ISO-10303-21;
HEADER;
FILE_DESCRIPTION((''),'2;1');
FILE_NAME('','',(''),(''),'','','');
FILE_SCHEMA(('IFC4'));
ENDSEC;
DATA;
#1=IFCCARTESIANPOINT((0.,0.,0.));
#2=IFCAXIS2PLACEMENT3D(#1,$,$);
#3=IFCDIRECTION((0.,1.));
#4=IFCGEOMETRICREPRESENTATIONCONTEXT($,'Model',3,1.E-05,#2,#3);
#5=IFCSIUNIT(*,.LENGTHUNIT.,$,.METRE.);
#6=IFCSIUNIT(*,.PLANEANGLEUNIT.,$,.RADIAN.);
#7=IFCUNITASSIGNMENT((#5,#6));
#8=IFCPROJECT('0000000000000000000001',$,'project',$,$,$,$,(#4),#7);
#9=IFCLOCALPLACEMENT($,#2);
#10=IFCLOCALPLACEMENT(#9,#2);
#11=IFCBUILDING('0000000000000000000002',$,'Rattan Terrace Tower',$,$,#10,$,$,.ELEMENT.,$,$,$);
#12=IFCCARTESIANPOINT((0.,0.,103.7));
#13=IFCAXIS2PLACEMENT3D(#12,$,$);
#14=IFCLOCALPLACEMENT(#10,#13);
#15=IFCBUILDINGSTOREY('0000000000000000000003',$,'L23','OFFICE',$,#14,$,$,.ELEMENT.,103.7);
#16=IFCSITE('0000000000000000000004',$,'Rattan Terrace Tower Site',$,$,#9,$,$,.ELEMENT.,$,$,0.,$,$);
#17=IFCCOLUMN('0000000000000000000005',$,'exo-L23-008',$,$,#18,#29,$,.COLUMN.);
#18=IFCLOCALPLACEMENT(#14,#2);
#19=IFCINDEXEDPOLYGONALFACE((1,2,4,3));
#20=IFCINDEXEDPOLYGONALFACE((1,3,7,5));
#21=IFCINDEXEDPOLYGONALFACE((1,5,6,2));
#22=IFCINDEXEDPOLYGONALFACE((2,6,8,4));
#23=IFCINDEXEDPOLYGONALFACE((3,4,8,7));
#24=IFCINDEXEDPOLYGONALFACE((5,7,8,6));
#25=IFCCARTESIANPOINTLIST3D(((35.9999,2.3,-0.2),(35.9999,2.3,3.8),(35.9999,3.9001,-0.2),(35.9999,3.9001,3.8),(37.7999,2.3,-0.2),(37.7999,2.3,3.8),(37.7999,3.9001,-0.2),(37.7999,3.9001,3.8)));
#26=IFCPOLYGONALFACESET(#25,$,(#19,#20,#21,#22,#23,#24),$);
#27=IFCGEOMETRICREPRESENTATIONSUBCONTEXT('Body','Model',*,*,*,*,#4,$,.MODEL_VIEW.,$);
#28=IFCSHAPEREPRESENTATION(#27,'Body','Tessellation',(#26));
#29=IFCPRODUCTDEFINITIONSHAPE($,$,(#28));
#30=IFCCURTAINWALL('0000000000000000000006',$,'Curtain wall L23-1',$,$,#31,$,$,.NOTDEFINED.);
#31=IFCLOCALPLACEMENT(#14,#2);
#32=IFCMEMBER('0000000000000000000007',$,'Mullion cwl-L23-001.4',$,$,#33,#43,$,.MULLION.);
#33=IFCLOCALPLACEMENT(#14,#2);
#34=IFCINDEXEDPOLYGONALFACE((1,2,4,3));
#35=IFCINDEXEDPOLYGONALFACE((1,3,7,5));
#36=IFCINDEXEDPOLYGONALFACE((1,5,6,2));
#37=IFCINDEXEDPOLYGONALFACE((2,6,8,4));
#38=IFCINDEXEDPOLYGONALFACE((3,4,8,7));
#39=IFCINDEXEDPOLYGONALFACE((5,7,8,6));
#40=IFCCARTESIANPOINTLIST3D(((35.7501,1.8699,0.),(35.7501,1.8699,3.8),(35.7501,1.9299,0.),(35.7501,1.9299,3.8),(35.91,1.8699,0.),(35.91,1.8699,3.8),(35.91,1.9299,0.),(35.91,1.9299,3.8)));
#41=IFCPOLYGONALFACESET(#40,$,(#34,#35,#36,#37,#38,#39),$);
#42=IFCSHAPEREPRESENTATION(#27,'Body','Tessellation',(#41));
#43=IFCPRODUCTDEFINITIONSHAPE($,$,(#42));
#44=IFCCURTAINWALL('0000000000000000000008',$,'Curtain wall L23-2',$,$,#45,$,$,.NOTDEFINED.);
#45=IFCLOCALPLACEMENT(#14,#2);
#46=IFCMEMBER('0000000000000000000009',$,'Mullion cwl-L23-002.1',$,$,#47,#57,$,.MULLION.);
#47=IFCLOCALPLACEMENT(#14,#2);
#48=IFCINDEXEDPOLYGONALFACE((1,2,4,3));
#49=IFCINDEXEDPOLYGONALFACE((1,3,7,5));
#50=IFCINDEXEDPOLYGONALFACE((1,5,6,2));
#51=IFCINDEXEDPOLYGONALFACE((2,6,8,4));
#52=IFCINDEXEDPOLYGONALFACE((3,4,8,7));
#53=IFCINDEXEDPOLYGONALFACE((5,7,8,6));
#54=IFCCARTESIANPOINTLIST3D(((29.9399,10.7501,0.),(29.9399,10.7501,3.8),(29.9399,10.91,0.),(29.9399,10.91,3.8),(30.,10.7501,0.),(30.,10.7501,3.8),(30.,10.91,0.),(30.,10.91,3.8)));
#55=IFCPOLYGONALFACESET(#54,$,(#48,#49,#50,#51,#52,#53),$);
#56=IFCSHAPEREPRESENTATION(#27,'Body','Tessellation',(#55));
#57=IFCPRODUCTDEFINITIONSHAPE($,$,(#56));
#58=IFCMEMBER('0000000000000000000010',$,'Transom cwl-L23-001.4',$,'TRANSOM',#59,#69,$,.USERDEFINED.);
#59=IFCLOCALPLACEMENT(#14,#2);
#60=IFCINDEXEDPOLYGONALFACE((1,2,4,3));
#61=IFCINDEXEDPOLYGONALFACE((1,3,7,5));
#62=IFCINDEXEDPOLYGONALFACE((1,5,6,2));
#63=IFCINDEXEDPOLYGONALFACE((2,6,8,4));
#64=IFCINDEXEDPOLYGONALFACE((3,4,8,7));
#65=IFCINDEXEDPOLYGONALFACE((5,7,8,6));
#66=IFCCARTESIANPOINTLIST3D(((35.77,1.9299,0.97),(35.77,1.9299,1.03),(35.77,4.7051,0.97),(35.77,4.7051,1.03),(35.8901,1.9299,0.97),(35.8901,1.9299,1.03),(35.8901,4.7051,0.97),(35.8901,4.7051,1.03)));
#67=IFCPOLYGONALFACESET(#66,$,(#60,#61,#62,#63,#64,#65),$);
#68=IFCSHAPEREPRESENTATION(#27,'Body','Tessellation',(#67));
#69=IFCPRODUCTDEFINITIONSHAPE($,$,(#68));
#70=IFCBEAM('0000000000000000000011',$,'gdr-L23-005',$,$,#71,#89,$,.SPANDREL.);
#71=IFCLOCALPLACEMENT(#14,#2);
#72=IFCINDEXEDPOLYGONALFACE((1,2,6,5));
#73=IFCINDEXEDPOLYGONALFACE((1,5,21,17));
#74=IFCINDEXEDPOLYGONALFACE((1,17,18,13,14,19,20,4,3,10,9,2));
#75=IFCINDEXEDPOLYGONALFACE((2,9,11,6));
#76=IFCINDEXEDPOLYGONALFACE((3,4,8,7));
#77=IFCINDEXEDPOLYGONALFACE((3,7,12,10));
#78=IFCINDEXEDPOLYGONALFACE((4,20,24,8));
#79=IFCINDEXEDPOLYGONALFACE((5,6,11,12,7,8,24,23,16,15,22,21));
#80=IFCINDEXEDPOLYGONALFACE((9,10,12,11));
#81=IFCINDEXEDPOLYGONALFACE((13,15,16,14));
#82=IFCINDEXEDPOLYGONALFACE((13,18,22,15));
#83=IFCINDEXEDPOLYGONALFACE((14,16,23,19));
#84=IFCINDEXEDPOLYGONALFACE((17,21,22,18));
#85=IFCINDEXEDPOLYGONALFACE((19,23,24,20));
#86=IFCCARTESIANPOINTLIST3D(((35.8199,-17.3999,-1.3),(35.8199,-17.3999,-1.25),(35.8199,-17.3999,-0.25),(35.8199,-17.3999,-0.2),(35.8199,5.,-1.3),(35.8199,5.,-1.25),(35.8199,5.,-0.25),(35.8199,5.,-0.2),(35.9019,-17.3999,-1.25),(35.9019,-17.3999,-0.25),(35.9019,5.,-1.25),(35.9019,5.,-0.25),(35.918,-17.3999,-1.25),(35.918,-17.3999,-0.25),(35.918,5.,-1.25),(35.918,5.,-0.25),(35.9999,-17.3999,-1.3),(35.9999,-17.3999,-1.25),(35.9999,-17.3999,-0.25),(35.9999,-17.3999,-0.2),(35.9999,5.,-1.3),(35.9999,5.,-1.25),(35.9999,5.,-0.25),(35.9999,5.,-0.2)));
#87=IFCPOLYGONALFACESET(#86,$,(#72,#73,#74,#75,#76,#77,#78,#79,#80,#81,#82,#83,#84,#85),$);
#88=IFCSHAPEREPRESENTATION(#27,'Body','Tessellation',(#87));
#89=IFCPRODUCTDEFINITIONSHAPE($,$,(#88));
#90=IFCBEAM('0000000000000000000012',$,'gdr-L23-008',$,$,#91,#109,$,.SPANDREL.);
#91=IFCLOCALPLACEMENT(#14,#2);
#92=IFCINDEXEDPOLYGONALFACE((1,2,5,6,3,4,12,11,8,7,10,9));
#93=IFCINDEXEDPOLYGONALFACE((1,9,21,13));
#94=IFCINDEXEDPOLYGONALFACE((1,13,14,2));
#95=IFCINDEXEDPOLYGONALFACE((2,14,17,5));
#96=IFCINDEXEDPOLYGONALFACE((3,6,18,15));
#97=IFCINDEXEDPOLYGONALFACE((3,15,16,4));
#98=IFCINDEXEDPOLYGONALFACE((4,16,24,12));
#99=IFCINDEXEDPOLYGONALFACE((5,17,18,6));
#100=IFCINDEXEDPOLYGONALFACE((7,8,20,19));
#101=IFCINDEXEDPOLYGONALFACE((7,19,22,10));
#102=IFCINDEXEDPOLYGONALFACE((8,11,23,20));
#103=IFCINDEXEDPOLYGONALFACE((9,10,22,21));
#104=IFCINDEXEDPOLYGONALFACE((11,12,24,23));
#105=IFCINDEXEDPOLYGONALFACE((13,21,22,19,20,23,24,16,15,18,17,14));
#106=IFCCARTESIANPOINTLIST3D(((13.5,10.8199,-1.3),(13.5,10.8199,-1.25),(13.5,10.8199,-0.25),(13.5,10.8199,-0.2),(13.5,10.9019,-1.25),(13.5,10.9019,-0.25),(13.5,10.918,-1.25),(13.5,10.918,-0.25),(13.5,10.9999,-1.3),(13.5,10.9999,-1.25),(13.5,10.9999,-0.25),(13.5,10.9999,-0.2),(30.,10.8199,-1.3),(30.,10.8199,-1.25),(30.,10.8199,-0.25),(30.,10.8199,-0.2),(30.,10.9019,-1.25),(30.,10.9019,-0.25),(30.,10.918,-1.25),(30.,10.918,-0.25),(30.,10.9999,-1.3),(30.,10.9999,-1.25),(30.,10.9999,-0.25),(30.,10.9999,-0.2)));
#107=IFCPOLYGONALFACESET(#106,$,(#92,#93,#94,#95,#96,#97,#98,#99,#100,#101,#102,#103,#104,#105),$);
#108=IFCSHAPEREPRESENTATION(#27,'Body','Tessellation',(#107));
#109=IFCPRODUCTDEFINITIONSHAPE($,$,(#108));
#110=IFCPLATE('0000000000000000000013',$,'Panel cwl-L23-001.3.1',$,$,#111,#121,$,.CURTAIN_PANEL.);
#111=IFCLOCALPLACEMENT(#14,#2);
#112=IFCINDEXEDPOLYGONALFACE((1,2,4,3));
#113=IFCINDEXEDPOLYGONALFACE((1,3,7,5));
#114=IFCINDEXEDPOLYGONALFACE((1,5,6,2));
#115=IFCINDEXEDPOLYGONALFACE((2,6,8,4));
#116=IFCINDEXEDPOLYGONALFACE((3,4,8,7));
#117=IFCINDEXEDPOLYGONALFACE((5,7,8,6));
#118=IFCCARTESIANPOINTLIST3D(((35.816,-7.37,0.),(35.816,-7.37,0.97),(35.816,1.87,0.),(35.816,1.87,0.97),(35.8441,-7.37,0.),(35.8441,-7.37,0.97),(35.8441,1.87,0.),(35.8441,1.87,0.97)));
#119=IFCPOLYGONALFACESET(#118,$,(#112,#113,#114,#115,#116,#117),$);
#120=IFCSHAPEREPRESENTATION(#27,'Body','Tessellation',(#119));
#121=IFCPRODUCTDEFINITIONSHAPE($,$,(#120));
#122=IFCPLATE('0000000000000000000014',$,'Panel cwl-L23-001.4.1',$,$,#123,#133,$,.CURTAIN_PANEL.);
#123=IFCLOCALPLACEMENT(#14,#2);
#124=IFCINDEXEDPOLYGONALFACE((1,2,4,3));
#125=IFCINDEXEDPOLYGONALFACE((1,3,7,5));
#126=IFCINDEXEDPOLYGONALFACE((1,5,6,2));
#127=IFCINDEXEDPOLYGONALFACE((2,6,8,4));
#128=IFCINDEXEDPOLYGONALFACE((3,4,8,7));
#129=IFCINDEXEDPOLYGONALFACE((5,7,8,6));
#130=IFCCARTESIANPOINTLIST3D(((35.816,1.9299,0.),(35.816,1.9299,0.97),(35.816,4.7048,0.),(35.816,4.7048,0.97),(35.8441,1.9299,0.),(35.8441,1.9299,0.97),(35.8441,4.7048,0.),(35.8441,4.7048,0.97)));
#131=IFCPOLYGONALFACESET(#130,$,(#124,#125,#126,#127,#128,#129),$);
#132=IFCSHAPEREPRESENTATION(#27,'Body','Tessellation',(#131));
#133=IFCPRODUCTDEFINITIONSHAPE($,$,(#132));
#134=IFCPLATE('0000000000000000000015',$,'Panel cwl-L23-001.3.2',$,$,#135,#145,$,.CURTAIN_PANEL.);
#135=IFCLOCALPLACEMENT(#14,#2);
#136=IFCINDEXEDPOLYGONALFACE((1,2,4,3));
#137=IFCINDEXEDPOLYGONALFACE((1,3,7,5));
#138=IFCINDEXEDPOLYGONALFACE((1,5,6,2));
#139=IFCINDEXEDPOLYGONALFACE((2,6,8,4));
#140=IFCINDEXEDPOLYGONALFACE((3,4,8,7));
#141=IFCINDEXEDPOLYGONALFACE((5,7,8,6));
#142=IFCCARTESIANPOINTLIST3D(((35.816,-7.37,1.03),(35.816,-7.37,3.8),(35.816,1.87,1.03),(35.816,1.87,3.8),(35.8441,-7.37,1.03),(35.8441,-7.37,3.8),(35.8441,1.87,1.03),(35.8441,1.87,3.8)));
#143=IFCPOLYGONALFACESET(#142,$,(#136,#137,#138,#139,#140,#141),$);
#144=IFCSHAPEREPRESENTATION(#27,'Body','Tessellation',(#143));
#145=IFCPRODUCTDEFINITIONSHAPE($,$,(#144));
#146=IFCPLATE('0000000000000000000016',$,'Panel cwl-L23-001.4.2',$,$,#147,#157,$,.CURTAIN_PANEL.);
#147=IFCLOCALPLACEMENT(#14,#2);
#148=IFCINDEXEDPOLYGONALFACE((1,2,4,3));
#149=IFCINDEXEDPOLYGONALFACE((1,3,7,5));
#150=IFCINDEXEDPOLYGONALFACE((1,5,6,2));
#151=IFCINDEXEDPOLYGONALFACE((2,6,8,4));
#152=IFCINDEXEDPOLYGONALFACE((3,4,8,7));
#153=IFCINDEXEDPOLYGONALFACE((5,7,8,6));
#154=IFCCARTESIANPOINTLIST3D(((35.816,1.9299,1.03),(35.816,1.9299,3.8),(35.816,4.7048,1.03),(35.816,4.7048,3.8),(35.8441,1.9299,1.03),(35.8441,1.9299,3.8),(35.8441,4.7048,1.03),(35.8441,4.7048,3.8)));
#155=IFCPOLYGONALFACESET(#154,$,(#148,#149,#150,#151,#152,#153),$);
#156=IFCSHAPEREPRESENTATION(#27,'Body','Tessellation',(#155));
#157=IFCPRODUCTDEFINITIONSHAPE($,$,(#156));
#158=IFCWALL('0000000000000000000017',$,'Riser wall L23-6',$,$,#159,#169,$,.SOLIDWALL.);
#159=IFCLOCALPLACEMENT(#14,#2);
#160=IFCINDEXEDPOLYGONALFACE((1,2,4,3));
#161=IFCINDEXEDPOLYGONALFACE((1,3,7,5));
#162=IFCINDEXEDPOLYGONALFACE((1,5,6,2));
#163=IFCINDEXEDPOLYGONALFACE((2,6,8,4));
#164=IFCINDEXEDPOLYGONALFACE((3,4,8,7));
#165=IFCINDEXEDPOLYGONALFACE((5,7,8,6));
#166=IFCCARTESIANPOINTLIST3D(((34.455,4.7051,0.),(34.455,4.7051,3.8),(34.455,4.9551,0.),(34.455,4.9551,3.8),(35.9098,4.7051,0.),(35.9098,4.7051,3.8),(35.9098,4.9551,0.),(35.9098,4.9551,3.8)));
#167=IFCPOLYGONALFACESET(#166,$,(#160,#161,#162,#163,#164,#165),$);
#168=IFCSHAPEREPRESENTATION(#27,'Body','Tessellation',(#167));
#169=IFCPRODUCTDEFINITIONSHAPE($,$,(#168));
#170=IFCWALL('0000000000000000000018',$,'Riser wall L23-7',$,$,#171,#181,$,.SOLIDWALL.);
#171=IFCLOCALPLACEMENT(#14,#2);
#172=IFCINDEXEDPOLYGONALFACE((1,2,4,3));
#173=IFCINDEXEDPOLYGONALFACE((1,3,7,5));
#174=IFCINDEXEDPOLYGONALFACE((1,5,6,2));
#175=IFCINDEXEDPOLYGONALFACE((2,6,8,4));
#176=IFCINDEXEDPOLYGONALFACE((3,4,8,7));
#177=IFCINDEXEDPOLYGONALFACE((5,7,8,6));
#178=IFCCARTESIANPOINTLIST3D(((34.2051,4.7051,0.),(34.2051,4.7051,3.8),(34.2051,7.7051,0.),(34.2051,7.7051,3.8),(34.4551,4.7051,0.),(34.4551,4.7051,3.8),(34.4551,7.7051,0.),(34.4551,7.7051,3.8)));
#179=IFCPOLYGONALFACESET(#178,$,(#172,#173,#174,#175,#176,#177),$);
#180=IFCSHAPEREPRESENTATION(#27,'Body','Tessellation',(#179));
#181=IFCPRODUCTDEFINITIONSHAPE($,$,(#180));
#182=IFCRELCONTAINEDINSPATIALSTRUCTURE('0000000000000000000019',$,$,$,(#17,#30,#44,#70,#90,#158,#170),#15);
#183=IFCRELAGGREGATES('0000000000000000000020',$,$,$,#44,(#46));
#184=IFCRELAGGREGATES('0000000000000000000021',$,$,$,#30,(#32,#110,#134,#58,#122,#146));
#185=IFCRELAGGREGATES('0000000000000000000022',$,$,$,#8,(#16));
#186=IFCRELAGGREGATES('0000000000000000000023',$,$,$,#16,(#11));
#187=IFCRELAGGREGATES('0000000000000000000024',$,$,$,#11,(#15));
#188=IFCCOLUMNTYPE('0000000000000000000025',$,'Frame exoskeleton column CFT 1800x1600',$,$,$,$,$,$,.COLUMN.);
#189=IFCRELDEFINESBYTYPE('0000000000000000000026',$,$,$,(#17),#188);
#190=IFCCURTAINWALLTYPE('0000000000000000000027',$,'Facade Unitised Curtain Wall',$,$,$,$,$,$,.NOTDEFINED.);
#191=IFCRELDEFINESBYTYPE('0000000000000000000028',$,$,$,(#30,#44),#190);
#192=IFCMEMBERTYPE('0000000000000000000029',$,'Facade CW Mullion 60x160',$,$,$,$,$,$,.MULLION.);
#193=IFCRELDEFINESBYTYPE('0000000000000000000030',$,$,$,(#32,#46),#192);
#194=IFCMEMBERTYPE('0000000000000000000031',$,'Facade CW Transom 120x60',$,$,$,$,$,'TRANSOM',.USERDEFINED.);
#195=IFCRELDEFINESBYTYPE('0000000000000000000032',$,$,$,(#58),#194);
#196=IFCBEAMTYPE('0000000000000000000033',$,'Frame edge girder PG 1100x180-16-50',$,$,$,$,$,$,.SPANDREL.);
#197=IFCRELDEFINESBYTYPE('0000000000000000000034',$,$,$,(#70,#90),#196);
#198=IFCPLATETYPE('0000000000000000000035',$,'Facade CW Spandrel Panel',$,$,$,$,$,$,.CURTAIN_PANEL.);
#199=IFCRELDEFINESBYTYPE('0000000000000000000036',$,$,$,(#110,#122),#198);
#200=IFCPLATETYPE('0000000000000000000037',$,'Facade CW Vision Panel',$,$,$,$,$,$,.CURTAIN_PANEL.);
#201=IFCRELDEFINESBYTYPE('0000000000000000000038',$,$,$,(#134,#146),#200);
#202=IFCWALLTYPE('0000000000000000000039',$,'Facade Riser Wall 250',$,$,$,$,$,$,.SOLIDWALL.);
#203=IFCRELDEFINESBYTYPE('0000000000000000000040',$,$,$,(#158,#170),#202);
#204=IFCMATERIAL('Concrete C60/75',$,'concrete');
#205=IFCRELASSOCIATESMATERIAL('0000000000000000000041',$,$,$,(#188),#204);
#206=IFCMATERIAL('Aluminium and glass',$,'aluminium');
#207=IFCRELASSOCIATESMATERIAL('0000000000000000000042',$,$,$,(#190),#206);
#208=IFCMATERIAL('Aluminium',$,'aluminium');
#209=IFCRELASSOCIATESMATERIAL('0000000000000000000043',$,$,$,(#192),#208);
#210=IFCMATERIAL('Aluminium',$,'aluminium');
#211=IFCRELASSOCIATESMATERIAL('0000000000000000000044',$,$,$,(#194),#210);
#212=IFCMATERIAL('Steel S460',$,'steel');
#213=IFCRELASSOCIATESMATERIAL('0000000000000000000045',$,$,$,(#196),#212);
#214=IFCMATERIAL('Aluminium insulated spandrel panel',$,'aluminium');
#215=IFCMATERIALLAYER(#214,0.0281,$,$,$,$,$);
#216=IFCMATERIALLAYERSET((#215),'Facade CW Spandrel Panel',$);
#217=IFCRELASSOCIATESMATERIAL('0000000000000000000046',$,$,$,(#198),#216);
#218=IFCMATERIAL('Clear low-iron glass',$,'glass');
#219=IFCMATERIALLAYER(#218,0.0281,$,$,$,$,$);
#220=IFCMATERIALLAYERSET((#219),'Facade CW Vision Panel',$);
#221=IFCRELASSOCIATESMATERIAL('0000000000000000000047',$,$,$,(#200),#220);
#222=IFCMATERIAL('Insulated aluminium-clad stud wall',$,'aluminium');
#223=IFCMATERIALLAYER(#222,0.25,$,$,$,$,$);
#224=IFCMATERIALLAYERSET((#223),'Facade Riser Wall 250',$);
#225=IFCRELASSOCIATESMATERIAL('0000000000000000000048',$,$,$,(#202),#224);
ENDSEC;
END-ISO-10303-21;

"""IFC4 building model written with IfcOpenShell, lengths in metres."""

from ifc_helpers import new_model, si_unit, direction, frame, frame_2d, origin, origin_2d, place, context, subcontext, project, spatial, rectangle, i_section, extrude, material, layer, layer_set, material_profile, profile_set, type_object, element, aggregate, save


model = new_model("IFC4")

# Units and contexts
model_context = context("Model", 3, precision=1e-05, world=origin(), true_north=direction((0.0, 1.0)))
body_context = subcontext(model_context, "Body", "Model", "MODEL_VIEW")
ifc_project = project(units=[si_unit("LENGTHUNIT", "METRE"), si_unit("PLANEANGLEUNIT", "RADIAN")], contexts=[model_context])

# Site, building, storey
site_placement = place(None, origin())
site = spatial("IfcSite", under=ifc_project, at=site_placement, Name="Rattan Terrace Tower Site", CompositionType="ELEMENT", RefElevation=0.0)
building_placement = place(site_placement, origin())
building = spatial("IfcBuilding", under=site, at=building_placement, Name="Rattan Terrace Tower", CompositionType="ELEMENT")
storey_placement = place(building_placement, frame((0.0, 0.0, 103.7)))
storey = spatial("IfcBuildingStorey", under=building, at=storey_placement, Name="L23", Description="OFFICE", CompositionType="ELEMENT", Elevation=103.7)

# Column
ifc_material_1 = material(Name="Concrete C60/75", Category="concrete")
ifc_material_profile_1 = material_profile(ifc_material_1, rectangle(XDim=1.6001, YDim=1.8, at=origin_2d()), Name="CFT 1800x1600")
ifc_profile_set_1 = profile_set([ifc_material_profile_1], Name="Concrete C60/75")
column_type = type_object("IfcColumnType", Name="Frame exoskeleton column CFT 1800x1600", PredefinedType="COLUMN", material=ifc_profile_set_1)
column_placement = place(storey_placement, frame((36.8999, 3.1001, -0.2), z_axis=(0.0, 0.0, 1.0), x_axis=(0.0, 1.0, 0.0)))
element("IfcColumn", 1, at=column_placement, inside=storey, type_object=column_type, Name="exo-L23-008", PredefinedType="COLUMN", context=body_context, shape_type="SweptSolid", body=[
    extrude(rectangle(XDim=1.6001, YDim=1.8, at=origin_2d()), origin(), (0.0, 0.0, 1.0), 4.0),
])

# Curtain walls, members
ifc_material_2 = material(Name="Aluminium and glass", Category="aluminium")
curtain_wall_type = type_object("IfcCurtainWallType", Name="Facade Unitised Curtain Wall", PredefinedType="NOTDEFINED", material=ifc_material_2)
curtain_wall_1_placement = place(storey_placement, origin())
curtain_wall_1 = element("IfcCurtainWall", 2, at=curtain_wall_1_placement, inside=storey, type_object=curtain_wall_type, Name="Curtain wall L23-1", PredefinedType="NOTDEFINED")
ifc_material_3 = material(Name="Aluminium", Category="aluminium")
ifc_material_profile_2 = material_profile(ifc_material_3, rectangle(XDim=0.0601, YDim=0.1599, at=origin_2d()), Name="Aluminium 60x160")
ifc_profile_set_2 = profile_set([ifc_material_profile_2], Name="Aluminium")
member_type_1 = type_object("IfcMemberType", Name="Facade CW Mullion 60x160", PredefinedType="MULLION", material=ifc_profile_set_2)
member_1_placement = place(storey_placement, frame((35.8301, 1.8999, 0.0), z_axis=(0.0, 0.0, 1.0), x_axis=(0.0, 1.0, 0.0)))
member_1 = element("IfcMember", 3, at=member_1_placement, type_object=member_type_1, Name="Mullion cwl-L23-001.4", PredefinedType="MULLION", context=body_context, shape_type="SweptSolid", body=[
    extrude(rectangle(XDim=0.0601, YDim=0.1599, at=origin_2d()), origin(), (0.0, 0.0, 1.0), 3.8),
])
curtain_wall_2_placement = place(storey_placement, origin())
curtain_wall_2 = element("IfcCurtainWall", 4, at=curtain_wall_2_placement, inside=storey, type_object=curtain_wall_type, Name="Curtain wall L23-2", PredefinedType="NOTDEFINED")
member_2_placement = place(storey_placement, frame((29.97, 10.8301, 0.0), z_axis=(0.0, 0.0, 1.0), x_axis=(-1.0, 0.0, 0.0)))
member_2 = element("IfcMember", 5, at=member_2_placement, type_object=member_type_1, Name="Mullion cwl-L23-002.1", PredefinedType="MULLION", context=body_context, shape_type="SweptSolid", body=[
    extrude(rectangle(XDim=0.0601, YDim=0.1599, at=origin_2d()), origin(), (0.0, 0.0, 1.0), 3.8),
])
aggregate(curtain_wall_2, [member_2])

# Member
ifc_material_4 = material(Name="Aluminium", Category="aluminium")
ifc_material_profile_3 = material_profile(ifc_material_4, rectangle(XDim=0.1201, YDim=0.0601, at=origin_2d()), Name="Aluminium 120x60")
ifc_profile_set_3 = profile_set([ifc_material_profile_3], Name="Aluminium")
member_type_2 = type_object("IfcMemberType", Name="Facade CW Transom 120x60", ElementType="TRANSOM", PredefinedType="USERDEFINED", material=ifc_profile_set_3)
member_3_placement = place(storey_placement, frame((35.8301, 1.9299, 1.0), z_axis=(0.0, 1.0, 0.0), x_axis=(-1.0, 0.0, 0.0)))
member_3 = element("IfcMember", 6, at=member_3_placement, type_object=member_type_2, Name="Transom cwl-L23-001.4", ObjectType="TRANSOM", PredefinedType="USERDEFINED", context=body_context, shape_type="SweptSolid", body=[
    extrude(rectangle(XDim=0.1201, YDim=0.0601, at=origin_2d()), origin(), (0.0, 0.0, 1.0), 2.7751),
])

# Beams
ifc_material_5 = material(Name="Steel S460", Category="steel")
ifc_material_profile_4 = material_profile(ifc_material_5, i_section(OverallWidth=0.1799, OverallDepth=1.1001, WebThickness=0.0161, FlangeThickness=0.05, at=origin_2d()), Name="PG 1100x180-16-50")
ifc_profile_set_4 = profile_set([ifc_material_profile_4], Name="Steel S460")
beam_type = type_object("IfcBeamType", Name="Frame edge girder PG 1100x180-16-50", PredefinedType="SPANDREL", material=ifc_profile_set_4)
beam_1_placement = place(storey_placement, frame((35.9099, 5.0, -0.75), z_axis=(0.0, -1.0, 0.0), x_axis=(1.0, 0.0, 0.0)))
element("IfcBeam", 7, at=beam_1_placement, inside=storey, type_object=beam_type, Name="gdr-L23-005", PredefinedType="SPANDREL", context=body_context, shape_type="SweptSolid", body=[
    extrude(i_section(OverallWidth=0.1799, OverallDepth=1.1001, WebThickness=0.0161, FlangeThickness=0.05, at=origin_2d()), origin(), (0.0, 0.0, 1.0), 22.3999),
])
beam_2_placement = place(storey_placement, frame((30.0, 10.9099, -0.75), z_axis=(-1.0, 0.0, 0.0), x_axis=(0.0, -1.0, 0.0)))
element("IfcBeam", 8, at=beam_2_placement, inside=storey, type_object=beam_type, Name="gdr-L23-008", PredefinedType="SPANDREL", context=body_context, shape_type="SweptSolid", body=[
    extrude(i_section(OverallWidth=0.1799, OverallDepth=1.1001, WebThickness=0.0161, FlangeThickness=0.05, at=origin_2d()), origin(), (0.0, 0.0, 1.0), 16.5),
])

# Plates
ifc_material_6 = material(Name="Aluminium insulated spandrel panel", Category="aluminium")
ifc_layer_1 = layer(ifc_material_6, 0.0281)
ifc_layer_set_1 = layer_set([ifc_layer_1], Name="Facade CW Spandrel Panel")
plate_type_1 = type_object("IfcPlateType", Name="Facade CW Spandrel Panel", PredefinedType="CURTAIN_PANEL", material=ifc_layer_set_1)
plate_1_placement = place(storey_placement, frame((35.8301, -2.75, 0.0), z_axis=(0.0, 0.0, 1.0), x_axis=(0.0, 1.0, 0.0)))
plate_1 = element("IfcPlate", 9, at=plate_1_placement, type_object=plate_type_1, Name="Panel cwl-L23-001.3.1", PredefinedType="CURTAIN_PANEL", context=body_context, shape_type="SweptSolid", body=[
    extrude(rectangle(XDim=9.24, YDim=0.0281, at=origin_2d()), origin(), (0.0, 0.0, 1.0), 0.97),
])
plate_2_placement = place(storey_placement, frame((35.8301, 3.3174, 0.0), z_axis=(0.0, 0.0, 1.0), x_axis=(0.0, 1.0, 0.0)))
plate_2 = element("IfcPlate", 10, at=plate_2_placement, type_object=plate_type_1, Name="Panel cwl-L23-001.4.1", PredefinedType="CURTAIN_PANEL", context=body_context, shape_type="SweptSolid", body=[
    extrude(rectangle(XDim=2.7749, YDim=0.0281, at=origin_2d()), origin(), (0.0, 0.0, 1.0), 0.97),
])
ifc_material_7 = material(Name="Clear low-iron glass", Category="glass")
ifc_layer_2 = layer(ifc_material_7, 0.0281)
ifc_layer_set_2 = layer_set([ifc_layer_2], Name="Facade CW Vision Panel")
plate_type_2 = type_object("IfcPlateType", Name="Facade CW Vision Panel", PredefinedType="CURTAIN_PANEL", material=ifc_layer_set_2)
plate_3_placement = place(storey_placement, frame((35.8301, -2.75, 1.03), z_axis=(0.0, 0.0, 1.0), x_axis=(0.0, 1.0, 0.0)))
plate_3 = element("IfcPlate", 11, at=plate_3_placement, type_object=plate_type_2, Name="Panel cwl-L23-001.3.2", PredefinedType="CURTAIN_PANEL", context=body_context, shape_type="SweptSolid", body=[
    extrude(rectangle(XDim=9.24, YDim=0.0281, at=origin_2d()), origin(), (0.0, 0.0, 1.0), 2.77),
])
plate_4_placement = place(storey_placement, frame((35.8301, 3.3174, 1.03), z_axis=(0.0, 0.0, 1.0), x_axis=(0.0, 1.0, 0.0)))
plate_4 = element("IfcPlate", 12, at=plate_4_placement, type_object=plate_type_2, Name="Panel cwl-L23-001.4.2", PredefinedType="CURTAIN_PANEL", context=body_context, shape_type="SweptSolid", body=[
    extrude(rectangle(XDim=2.7749, YDim=0.0281, at=origin_2d()), origin(), (0.0, 0.0, 1.0), 2.77),
])
aggregate(curtain_wall_1, [member_1, plate_1, plate_3, member_3, plate_2, plate_4])

# Walls
ifc_material_8 = material(Name="Insulated aluminium-clad stud wall", Category="aluminium")
ifc_layer_3 = layer(ifc_material_8, 0.25)
ifc_layer_set_3 = layer_set([ifc_layer_3], Name="Facade Riser Wall 250")
wall_type = type_object("IfcWallType", Name="Facade Riser Wall 250", PredefinedType="SOLIDWALL", material=ifc_layer_set_3)
wall_1_placement = place(storey_placement, frame((35.9099, 4.8301, 0.0), z_axis=(0.0, 0.0, 1.0), x_axis=(-1.0, 0.0, 0.0)))
element("IfcWall", 13, at=wall_1_placement, inside=storey, type_object=wall_type, Name="Riser wall L23-6", PredefinedType="SOLIDWALL", context=body_context, shape_type="SweptSolid", body=[
    extrude(rectangle(XDim=1.4548, YDim=0.25, at=frame_2d((0.7275, 0.0))), origin(), (0.0, 0.0, 1.0), 3.8),
])
wall_2_placement = place(storey_placement, frame((34.3301, 4.7051, 0.0), z_axis=(0.0, 0.0, 1.0), x_axis=(0.0, 1.0, 0.0)))
element("IfcWall", 14, at=wall_2_placement, inside=storey, type_object=wall_type, Name="Riser wall L23-7", PredefinedType="SOLIDWALL", context=body_context, shape_type="SweptSolid", body=[
    extrude(rectangle(XDim=3.0, YDim=0.25, at=frame_2d((1.5, 0.0))), origin(), (0.0, 0.0, 1.0), 3.8),
])

save(model, "model.ifc")
